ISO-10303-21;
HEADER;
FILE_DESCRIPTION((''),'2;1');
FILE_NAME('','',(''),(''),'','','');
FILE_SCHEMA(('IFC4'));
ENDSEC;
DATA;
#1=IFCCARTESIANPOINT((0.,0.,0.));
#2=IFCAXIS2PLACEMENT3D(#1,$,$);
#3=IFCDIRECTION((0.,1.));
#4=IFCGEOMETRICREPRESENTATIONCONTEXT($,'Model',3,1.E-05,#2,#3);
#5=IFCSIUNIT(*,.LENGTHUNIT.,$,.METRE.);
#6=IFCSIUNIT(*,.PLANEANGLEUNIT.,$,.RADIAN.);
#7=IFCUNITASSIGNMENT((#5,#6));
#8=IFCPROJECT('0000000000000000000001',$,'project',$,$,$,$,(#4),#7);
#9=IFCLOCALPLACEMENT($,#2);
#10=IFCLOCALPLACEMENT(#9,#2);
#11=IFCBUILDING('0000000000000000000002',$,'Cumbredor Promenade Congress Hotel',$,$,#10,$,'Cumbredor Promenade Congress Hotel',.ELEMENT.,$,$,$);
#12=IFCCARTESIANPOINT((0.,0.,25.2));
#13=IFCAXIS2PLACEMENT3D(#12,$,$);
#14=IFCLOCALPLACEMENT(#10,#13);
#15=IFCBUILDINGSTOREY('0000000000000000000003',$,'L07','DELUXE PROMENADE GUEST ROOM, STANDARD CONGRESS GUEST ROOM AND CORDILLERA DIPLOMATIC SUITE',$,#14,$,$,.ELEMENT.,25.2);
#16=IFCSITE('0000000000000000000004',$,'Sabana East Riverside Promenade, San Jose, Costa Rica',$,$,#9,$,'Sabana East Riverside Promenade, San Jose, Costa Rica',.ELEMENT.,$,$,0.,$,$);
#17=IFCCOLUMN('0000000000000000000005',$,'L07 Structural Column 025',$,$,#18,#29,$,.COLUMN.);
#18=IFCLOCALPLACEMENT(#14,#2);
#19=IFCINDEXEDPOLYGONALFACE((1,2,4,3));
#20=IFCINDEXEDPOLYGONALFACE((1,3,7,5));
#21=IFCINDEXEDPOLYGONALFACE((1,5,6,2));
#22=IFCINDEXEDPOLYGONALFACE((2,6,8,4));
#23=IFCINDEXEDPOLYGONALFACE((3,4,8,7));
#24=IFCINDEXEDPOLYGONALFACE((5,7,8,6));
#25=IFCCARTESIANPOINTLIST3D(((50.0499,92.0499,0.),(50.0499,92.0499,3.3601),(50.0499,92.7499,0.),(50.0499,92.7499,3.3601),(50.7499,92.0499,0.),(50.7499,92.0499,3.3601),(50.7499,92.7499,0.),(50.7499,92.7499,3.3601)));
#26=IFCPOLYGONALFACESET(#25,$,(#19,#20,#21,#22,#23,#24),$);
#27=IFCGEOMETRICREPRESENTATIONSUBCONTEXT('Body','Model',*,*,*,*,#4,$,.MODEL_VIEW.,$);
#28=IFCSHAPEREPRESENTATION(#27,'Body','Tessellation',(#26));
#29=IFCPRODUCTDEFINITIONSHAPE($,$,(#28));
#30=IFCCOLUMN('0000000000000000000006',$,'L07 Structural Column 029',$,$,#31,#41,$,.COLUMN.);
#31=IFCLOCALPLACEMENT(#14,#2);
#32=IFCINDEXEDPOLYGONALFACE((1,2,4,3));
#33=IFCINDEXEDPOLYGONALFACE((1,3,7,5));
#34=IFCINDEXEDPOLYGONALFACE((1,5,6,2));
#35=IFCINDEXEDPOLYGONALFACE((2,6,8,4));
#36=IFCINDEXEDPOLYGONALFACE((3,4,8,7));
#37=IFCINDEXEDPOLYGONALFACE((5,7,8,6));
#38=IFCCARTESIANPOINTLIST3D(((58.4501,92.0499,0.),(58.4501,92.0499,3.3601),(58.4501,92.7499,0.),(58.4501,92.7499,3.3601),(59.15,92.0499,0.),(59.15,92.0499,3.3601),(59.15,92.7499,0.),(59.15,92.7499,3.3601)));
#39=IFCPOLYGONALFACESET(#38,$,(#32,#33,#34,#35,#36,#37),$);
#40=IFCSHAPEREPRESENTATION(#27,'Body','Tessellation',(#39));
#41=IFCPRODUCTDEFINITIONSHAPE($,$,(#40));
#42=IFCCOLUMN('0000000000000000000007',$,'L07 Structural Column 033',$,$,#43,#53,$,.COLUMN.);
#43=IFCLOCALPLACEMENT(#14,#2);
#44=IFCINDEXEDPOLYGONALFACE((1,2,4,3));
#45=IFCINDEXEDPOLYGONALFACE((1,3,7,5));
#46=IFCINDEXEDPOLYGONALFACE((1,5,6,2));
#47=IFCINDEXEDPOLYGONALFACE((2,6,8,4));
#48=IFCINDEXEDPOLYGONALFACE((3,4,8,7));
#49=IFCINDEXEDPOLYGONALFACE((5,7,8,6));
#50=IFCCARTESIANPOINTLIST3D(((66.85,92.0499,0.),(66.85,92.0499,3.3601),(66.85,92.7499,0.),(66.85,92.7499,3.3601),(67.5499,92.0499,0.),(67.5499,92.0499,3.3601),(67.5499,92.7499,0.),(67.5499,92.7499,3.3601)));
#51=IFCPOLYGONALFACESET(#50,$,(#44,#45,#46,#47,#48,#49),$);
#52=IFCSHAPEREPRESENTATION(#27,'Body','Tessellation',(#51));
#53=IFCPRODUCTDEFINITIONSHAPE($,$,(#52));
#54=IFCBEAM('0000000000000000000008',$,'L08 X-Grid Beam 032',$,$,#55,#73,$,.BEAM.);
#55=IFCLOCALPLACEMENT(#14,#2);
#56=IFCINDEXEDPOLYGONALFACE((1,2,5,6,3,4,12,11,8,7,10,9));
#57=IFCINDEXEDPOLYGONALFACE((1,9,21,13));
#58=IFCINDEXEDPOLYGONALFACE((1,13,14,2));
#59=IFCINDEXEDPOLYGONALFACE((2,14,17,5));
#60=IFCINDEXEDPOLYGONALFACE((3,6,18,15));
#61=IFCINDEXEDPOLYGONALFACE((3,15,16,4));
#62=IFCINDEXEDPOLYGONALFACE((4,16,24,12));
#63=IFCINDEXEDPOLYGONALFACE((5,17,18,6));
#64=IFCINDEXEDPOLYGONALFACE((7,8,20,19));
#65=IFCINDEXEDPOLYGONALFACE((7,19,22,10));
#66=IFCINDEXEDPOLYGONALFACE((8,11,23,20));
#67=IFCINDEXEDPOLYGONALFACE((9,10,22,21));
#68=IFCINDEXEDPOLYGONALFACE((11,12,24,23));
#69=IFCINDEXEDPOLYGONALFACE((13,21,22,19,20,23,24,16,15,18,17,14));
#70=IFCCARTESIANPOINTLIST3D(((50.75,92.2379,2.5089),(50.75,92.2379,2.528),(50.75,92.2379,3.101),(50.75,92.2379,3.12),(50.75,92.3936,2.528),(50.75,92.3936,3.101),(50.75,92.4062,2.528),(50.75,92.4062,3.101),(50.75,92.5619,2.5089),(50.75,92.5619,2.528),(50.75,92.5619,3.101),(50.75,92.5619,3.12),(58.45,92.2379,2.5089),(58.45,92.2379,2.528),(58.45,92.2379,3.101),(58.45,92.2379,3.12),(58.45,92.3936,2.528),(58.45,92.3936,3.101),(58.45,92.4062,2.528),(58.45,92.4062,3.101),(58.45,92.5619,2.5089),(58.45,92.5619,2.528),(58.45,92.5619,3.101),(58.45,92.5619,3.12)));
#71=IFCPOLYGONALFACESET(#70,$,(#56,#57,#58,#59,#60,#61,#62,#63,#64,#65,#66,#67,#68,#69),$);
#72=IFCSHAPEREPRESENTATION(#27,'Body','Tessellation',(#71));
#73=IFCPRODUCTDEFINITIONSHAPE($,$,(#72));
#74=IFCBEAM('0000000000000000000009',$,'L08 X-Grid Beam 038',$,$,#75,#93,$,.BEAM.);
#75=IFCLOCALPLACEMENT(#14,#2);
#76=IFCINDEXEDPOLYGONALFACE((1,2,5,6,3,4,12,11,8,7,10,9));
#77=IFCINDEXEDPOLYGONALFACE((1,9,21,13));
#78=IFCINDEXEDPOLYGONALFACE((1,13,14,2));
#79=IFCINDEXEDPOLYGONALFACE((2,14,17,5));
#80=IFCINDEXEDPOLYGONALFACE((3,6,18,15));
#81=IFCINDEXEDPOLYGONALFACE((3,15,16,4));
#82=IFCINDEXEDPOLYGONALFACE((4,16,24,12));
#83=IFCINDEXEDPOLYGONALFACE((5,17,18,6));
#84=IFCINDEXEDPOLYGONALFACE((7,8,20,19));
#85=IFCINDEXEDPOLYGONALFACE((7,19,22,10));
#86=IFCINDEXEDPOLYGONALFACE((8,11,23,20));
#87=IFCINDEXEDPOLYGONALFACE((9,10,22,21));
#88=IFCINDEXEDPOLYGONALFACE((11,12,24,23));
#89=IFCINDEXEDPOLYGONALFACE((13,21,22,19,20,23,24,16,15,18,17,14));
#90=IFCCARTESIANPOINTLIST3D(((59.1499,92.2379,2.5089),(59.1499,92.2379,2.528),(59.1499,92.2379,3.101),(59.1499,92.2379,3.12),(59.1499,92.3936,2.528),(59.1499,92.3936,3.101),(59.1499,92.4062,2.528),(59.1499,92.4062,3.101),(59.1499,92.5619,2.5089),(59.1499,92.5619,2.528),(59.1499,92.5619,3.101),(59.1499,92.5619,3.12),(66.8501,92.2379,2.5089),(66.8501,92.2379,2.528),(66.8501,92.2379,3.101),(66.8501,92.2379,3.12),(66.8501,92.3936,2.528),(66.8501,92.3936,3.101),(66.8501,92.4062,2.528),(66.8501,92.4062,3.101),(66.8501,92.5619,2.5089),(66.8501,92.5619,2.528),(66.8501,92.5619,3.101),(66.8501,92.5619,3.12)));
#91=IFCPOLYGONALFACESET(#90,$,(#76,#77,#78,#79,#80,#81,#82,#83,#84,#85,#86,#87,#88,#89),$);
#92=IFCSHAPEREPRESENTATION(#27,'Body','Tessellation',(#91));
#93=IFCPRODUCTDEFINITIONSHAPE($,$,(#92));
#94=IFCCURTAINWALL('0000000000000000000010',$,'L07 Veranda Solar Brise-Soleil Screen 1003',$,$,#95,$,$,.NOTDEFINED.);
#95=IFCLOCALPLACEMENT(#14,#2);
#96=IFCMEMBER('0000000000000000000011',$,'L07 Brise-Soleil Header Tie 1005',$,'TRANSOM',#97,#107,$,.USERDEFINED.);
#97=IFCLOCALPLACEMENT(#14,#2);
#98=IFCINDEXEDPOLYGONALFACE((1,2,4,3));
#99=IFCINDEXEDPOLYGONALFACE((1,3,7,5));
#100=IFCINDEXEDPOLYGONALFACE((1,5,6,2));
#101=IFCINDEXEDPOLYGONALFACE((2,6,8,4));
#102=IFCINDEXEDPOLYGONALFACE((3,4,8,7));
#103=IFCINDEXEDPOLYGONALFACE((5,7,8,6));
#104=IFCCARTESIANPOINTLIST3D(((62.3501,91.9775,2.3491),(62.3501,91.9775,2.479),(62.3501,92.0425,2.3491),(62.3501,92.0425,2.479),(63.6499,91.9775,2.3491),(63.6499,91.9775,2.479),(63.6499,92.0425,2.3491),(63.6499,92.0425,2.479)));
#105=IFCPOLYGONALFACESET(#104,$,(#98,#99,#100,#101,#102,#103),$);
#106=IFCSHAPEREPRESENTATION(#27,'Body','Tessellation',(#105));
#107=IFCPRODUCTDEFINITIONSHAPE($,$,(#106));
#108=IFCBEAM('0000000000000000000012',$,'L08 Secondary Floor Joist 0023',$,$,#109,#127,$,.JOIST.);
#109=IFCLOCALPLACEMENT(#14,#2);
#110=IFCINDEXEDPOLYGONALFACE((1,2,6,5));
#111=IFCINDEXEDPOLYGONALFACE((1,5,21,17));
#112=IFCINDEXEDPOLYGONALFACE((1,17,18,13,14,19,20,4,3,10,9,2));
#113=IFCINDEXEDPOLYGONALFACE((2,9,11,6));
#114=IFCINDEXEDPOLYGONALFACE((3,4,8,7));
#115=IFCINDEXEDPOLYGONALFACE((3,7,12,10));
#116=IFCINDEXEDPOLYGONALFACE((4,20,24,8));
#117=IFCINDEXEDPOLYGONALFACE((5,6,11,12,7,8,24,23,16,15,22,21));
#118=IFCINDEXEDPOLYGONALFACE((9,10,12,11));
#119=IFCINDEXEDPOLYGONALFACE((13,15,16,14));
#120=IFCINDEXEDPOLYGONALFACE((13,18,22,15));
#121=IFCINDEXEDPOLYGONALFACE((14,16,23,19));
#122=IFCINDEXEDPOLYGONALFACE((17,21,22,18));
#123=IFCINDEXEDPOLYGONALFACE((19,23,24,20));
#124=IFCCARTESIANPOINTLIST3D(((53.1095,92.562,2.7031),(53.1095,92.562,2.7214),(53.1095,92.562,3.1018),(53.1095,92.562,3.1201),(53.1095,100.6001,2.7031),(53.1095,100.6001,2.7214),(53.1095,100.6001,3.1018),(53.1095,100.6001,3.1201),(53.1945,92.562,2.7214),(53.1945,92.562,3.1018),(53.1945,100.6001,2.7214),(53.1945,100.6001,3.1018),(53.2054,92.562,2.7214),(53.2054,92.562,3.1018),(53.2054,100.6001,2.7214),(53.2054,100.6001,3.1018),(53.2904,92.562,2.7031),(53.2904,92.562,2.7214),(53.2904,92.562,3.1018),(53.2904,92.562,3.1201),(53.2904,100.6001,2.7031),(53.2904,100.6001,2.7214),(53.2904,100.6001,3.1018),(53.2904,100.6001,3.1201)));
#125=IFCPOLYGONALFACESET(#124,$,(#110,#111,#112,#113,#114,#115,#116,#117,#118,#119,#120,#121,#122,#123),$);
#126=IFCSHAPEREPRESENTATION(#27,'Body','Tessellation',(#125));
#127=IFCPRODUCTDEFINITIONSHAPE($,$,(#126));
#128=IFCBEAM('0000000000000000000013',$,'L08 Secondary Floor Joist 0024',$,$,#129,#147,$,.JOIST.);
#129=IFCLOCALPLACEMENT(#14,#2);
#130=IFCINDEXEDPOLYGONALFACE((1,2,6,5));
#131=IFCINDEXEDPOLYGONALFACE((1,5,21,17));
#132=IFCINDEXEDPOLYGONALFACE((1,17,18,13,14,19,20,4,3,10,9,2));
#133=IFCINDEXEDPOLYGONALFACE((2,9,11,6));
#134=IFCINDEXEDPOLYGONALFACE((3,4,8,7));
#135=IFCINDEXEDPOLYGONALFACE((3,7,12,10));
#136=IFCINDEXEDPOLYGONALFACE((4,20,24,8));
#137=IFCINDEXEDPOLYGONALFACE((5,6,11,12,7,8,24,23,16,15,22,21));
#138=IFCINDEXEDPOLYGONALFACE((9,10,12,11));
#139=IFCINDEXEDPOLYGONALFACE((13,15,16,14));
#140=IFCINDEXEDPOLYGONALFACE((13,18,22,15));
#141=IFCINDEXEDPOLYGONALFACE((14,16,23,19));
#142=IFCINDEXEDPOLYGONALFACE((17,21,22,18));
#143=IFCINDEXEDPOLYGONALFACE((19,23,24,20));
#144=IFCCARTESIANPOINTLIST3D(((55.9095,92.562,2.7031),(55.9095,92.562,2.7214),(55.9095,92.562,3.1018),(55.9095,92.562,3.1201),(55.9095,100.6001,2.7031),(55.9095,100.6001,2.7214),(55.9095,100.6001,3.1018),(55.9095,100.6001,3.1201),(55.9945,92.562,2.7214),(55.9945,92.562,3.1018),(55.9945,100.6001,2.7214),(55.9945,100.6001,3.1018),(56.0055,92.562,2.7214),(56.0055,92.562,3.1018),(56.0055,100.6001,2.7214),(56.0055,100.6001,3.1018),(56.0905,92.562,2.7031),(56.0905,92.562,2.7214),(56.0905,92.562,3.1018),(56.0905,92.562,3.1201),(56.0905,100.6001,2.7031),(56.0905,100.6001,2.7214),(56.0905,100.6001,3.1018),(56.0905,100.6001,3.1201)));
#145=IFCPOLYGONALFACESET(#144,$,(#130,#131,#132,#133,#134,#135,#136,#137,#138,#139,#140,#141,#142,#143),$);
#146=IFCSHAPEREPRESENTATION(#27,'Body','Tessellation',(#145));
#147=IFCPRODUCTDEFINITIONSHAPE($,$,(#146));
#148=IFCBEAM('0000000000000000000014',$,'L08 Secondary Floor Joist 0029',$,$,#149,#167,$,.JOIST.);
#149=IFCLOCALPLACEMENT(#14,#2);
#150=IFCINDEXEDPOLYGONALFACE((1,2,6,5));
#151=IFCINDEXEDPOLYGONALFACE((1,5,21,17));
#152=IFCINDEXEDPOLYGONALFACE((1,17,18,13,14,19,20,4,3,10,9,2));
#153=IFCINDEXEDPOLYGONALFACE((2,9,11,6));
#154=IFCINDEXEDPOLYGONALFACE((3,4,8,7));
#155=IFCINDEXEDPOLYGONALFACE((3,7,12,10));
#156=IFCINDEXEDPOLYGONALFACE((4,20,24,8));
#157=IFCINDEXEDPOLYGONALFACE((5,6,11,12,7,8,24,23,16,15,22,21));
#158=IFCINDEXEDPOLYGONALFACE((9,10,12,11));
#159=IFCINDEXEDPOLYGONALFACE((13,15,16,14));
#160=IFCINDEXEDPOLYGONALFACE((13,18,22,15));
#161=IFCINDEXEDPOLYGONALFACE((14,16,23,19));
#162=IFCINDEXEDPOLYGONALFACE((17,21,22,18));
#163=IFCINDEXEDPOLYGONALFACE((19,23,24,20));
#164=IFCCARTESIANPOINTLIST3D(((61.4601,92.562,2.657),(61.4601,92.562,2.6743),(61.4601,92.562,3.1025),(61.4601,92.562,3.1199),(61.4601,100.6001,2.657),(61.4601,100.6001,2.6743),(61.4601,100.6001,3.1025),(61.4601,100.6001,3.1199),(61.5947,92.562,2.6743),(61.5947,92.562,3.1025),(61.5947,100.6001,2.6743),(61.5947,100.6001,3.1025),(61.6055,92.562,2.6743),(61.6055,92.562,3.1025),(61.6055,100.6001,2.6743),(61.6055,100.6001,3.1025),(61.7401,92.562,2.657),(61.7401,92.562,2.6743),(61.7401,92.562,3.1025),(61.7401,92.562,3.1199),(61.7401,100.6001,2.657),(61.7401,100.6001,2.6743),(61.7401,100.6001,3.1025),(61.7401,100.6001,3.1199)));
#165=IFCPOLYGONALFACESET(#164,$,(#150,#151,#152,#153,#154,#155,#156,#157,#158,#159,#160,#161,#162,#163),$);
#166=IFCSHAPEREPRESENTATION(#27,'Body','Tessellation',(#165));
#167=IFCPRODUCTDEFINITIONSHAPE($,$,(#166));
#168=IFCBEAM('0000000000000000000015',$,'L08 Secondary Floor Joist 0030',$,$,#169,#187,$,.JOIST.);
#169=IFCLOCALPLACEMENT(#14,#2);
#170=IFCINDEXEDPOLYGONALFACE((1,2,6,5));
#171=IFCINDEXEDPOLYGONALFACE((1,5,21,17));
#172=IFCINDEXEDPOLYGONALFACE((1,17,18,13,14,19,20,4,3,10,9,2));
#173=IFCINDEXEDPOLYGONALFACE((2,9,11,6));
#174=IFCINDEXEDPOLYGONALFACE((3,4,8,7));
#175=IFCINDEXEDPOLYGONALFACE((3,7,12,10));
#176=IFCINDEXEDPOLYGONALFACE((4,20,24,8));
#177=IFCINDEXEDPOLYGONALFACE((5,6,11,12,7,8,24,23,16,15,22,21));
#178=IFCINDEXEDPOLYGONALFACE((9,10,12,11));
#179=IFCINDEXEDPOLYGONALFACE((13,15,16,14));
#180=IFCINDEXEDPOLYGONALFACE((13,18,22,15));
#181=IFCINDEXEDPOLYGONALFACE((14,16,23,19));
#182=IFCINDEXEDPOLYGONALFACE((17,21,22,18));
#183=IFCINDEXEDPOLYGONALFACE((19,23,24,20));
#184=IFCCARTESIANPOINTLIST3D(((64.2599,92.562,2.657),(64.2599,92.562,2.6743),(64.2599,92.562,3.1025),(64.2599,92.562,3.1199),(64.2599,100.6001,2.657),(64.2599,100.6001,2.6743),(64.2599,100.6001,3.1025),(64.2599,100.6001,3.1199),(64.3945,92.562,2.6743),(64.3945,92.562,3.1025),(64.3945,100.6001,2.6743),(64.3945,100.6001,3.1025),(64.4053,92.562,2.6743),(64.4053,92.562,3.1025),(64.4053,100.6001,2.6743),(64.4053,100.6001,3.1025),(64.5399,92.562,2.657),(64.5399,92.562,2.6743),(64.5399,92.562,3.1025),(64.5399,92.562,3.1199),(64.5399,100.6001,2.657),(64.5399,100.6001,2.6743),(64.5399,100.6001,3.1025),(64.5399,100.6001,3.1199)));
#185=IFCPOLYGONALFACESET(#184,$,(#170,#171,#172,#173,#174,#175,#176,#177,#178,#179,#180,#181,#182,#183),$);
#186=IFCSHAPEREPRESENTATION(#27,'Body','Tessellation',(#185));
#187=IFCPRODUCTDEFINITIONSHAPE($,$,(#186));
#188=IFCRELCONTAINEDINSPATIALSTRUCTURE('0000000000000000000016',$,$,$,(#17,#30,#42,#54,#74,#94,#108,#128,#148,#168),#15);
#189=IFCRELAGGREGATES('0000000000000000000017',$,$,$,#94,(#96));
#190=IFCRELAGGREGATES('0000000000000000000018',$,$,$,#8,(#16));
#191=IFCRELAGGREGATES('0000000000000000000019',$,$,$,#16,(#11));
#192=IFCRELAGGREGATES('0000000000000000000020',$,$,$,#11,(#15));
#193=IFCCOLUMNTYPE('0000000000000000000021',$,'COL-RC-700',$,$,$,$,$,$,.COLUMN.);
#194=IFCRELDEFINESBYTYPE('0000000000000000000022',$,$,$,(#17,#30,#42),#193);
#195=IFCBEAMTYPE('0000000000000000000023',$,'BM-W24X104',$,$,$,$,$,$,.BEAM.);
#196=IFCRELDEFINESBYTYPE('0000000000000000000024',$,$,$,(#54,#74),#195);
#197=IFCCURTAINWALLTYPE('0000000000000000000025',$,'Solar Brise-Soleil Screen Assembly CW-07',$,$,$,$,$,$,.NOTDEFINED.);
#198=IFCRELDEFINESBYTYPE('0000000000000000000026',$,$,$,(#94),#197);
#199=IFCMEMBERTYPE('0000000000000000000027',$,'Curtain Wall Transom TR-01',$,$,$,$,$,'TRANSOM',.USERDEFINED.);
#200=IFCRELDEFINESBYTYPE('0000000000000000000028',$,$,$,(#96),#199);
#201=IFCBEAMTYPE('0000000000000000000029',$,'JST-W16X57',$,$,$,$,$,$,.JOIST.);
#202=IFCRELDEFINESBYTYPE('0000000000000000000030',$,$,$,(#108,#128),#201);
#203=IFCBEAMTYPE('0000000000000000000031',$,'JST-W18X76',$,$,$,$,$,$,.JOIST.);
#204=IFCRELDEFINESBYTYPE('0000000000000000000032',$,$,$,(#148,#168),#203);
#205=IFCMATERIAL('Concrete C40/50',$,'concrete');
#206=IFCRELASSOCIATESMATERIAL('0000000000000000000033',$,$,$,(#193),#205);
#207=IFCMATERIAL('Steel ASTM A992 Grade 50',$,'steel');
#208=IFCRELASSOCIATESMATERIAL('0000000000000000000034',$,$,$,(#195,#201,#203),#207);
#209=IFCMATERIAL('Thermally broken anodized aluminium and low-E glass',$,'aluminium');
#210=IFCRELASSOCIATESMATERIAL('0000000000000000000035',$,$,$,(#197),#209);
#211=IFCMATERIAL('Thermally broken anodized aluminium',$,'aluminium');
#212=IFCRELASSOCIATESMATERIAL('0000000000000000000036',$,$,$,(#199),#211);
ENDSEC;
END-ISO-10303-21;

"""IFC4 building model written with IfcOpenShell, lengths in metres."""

from ifc_helpers import new_model, si_unit, direction, frame, origin, origin_2d, place, context, subcontext, project, spatial, rectangle, i_section, extrude, material, material_profile, profile_set, type_object, element, aggregate, save


model = new_model("IFC4")

# Units and contexts
model_context = context("Model", 3, precision=1e-05, world=origin(), true_north=direction((0.0, 1.0)))
body_context = subcontext(model_context, "Body", "Model", "MODEL_VIEW")
ifc_project = project(units=[si_unit("LENGTHUNIT", "METRE"), si_unit("PLANEANGLEUNIT", "RADIAN")], contexts=[model_context])

# Site, building, storey
site_placement = place(None, origin())
site = spatial("IfcSite", under=ifc_project, at=site_placement, Name="Sabana East Riverside Promenade, San Jose, Costa Rica", LongName="Sabana East Riverside Promenade, San Jose, Costa Rica", CompositionType="ELEMENT", RefElevation=0.0)
building_placement = place(site_placement, origin())
building = spatial("IfcBuilding", under=site, at=building_placement, Name="Cumbredor Promenade Congress Hotel", LongName="Cumbredor Promenade Congress Hotel", CompositionType="ELEMENT")
storey_placement = place(building_placement, frame((0.0, 0.0, 25.2)))
storey = spatial("IfcBuildingStorey", under=building, at=storey_placement, Name="L07", Description="DELUXE PROMENADE GUEST ROOM, STANDARD CONGRESS GUEST ROOM AND CORDILLERA DIPLOMATIC SUITE", CompositionType="ELEMENT", Elevation=25.2)

# Columns
ifc_material_1 = material(Name="Concrete C40/50", Category="concrete")
ifc_material_profile_1 = material_profile(ifc_material_1, rectangle(XDim=0.7, YDim=0.7, at=origin_2d()), Name="RC 700x700")
ifc_profile_set_1 = profile_set([ifc_material_profile_1], Name="Concrete C40/50")
column_type = type_object("IfcColumnType", Name="COL-RC-700", PredefinedType="COLUMN", material=ifc_profile_set_1)
for number, where, z_axis, x_axis, name in (
    (1, (50.3999, 92.3999, 0.0), (0.0, 0.0, 1.0), (1.0, 0.0, 0.0), "L07 Structural Column 025"),
    (2, (58.8, 92.3999, 0.0), (0.0, 0.0, 1.0), (1.0, 0.0, 0.0), "L07 Structural Column 029"),
    (3, (67.2, 92.3999, 0.0), (0.0, 0.0, 1.0), (1.0, 0.0, 0.0), "L07 Structural Column 033"),
):
    element("IfcColumn", number, at=place(storey_placement, frame(where, z_axis=z_axis, x_axis=x_axis)), inside=storey, type_object=column_type, Name=name, PredefinedType="COLUMN", context=body_context, shape_type="SweptSolid", body=[
        extrude(rectangle(XDim=0.7, YDim=0.7, at=origin_2d()), origin(), (0.0, 0.0, 1.0), 3.3601),
    ])

# Beams
ifc_material_2 = material(Name="Steel ASTM A992 Grade 50", Category="steel")
ifc_material_profile_2 = material_profile(ifc_material_2, i_section(OverallWidth=0.324, OverallDepth=0.6111, WebThickness=0.0127, FlangeThickness=0.019, at=origin_2d()), Name="W24X104")
ifc_profile_set_2 = profile_set([ifc_material_profile_2], Name="Steel ASTM A992 Grade 50")
beam_type_1 = type_object("IfcBeamType", Name="BM-W24X104", PredefinedType="BEAM", material=ifc_profile_set_2)
beam_1_placement = place(storey_placement, frame((50.75, 92.3999, 2.8145), z_axis=(1.0, 0.0, 0.0), x_axis=(0.0, 1.0, 0.0)))
element("IfcBeam", 4, at=beam_1_placement, inside=storey, type_object=beam_type_1, Name="L08 X-Grid Beam 032", PredefinedType="BEAM", context=body_context, shape_type="SweptSolid", body=[
    extrude(i_section(OverallWidth=0.324, OverallDepth=0.6111, WebThickness=0.0127, FlangeThickness=0.019, at=origin_2d()), origin(), (0.0, 0.0, 1.0), 7.7),
])
beam_2_placement = place(storey_placement, frame((59.1499, 92.3999, 2.8145), z_axis=(1.0, 0.0, 0.0), x_axis=(0.0, 1.0, 0.0)))
element("IfcBeam", 5, at=beam_2_placement, inside=storey, type_object=beam_type_1, Name="L08 X-Grid Beam 038", PredefinedType="BEAM", context=body_context, shape_type="SweptSolid", body=[
    extrude(i_section(OverallWidth=0.324, OverallDepth=0.6111, WebThickness=0.0127, FlangeThickness=0.019, at=origin_2d()), origin(), (0.0, 0.0, 1.0), 7.7002),
])

# Curtain wall, member
ifc_material_3 = material(Name="Thermally broken anodized aluminium and low-E glass", Category="aluminium")
curtain_wall_type = type_object("IfcCurtainWallType", Name="Solar Brise-Soleil Screen Assembly CW-07", PredefinedType="NOTDEFINED", material=ifc_material_3)
curtain_wall_placement = place(storey_placement, origin())
curtain_wall = element("IfcCurtainWall", 6, at=curtain_wall_placement, inside=storey, type_object=curtain_wall_type, Name="L07 Veranda Solar Brise-Soleil Screen 1003", PredefinedType="NOTDEFINED")
ifc_material_4 = material(Name="Thermally broken anodized aluminium", Category="aluminium")
ifc_material_profile_3 = material_profile(ifc_material_4, rectangle(XDim=0.0649, YDim=0.1299, at=origin_2d()), Name="ALU TRANSOM 65x130")
ifc_profile_set_3 = profile_set([ifc_material_profile_3], Name="Thermally broken anodized aluminium")
member_type_1 = type_object("IfcMemberType", Name="Curtain Wall Transom TR-01", ElementType="TRANSOM", PredefinedType="USERDEFINED", material=ifc_profile_set_3)
member_1_placement = place(storey_placement, frame((62.3501, 92.01, 2.4141), z_axis=(1.0, 0.0, 0.0), x_axis=(0.0, 1.0, 0.0)))
member_1 = element("IfcMember", 7, at=member_1_placement, type_object=member_type_1, Name="L07 Brise-Soleil Header Tie 1005", ObjectType="TRANSOM", PredefinedType="USERDEFINED", context=body_context, shape_type="SweptSolid", body=[
    extrude(rectangle(XDim=0.0649, YDim=0.1299, at=origin_2d()), origin(), (0.0, 0.0, 1.0), 1.2998),
])

# Beams
ifc_material_profile_4 = material_profile(ifc_material_2, i_section(OverallWidth=0.1809, OverallDepth=0.417, WebThickness=0.011, FlangeThickness=0.0183, at=origin_2d()), Name="W16X57")
ifc_profile_set_4 = profile_set([ifc_material_profile_4], Name="Steel ASTM A992 Grade 50")
beam_type_2 = type_object("IfcBeamType", Name="JST-W16X57", PredefinedType="JOIST", material=ifc_profile_set_4)
for number, where, z_axis, x_axis, name in (
    (8, (53.2, 92.562, 2.9116), (0.0, 1.0, 0.0), (-1.0, 0.0, 0.0), "L08 Secondary Floor Joist 0023"),
    (9, (56.0, 92.562, 2.9116), (0.0, 1.0, 0.0), (-1.0, 0.0, 0.0), "L08 Secondary Floor Joist 0024"),
):
    element("IfcBeam", number, at=place(storey_placement, frame(where, z_axis=z_axis, x_axis=x_axis)), inside=storey, type_object=beam_type_2, Name=name, PredefinedType="JOIST", context=body_context, shape_type="SweptSolid", body=[
        extrude(i_section(OverallWidth=0.1809, OverallDepth=0.417, WebThickness=0.011, FlangeThickness=0.0183, at=origin_2d()), origin(), (0.0, 0.0, 1.0), 8.0381),
    ])
ifc_material_profile_5 = material_profile(ifc_material_2, i_section(OverallWidth=0.28, OverallDepth=0.4629, WebThickness=0.0107, FlangeThickness=0.0173, at=origin_2d()), Name="W18X76")
ifc_profile_set_5 = profile_set([ifc_material_profile_5], Name="Steel ASTM A992 Grade 50")
beam_type_3 = type_object("IfcBeamType", Name="JST-W18X76", PredefinedType="JOIST", material=ifc_profile_set_5)
for number, where, z_axis, x_axis, name in (
    (10, (61.6001, 92.562, 2.8884), (0.0, 1.0, 0.0), (-1.0, 0.0, 0.0), "L08 Secondary Floor Joist 0029"),
    (11, (64.3999, 92.562, 2.8884), (0.0, 1.0, 0.0), (-1.0, 0.0, 0.0), "L08 Secondary Floor Joist 0030"),
):
    element("IfcBeam", number, at=place(storey_placement, frame(where, z_axis=z_axis, x_axis=x_axis)), inside=storey, type_object=beam_type_3, Name=name, PredefinedType="JOIST", context=body_context, shape_type="SweptSolid", body=[
        extrude(i_section(OverallWidth=0.28, OverallDepth=0.4629, WebThickness=0.0107, FlangeThickness=0.0173, at=origin_2d()), origin(), (0.0, 0.0, 1.0), 8.0381),
    ])

aggregate(curtain_wall, [member_1])

save(model, "model.ifc")
